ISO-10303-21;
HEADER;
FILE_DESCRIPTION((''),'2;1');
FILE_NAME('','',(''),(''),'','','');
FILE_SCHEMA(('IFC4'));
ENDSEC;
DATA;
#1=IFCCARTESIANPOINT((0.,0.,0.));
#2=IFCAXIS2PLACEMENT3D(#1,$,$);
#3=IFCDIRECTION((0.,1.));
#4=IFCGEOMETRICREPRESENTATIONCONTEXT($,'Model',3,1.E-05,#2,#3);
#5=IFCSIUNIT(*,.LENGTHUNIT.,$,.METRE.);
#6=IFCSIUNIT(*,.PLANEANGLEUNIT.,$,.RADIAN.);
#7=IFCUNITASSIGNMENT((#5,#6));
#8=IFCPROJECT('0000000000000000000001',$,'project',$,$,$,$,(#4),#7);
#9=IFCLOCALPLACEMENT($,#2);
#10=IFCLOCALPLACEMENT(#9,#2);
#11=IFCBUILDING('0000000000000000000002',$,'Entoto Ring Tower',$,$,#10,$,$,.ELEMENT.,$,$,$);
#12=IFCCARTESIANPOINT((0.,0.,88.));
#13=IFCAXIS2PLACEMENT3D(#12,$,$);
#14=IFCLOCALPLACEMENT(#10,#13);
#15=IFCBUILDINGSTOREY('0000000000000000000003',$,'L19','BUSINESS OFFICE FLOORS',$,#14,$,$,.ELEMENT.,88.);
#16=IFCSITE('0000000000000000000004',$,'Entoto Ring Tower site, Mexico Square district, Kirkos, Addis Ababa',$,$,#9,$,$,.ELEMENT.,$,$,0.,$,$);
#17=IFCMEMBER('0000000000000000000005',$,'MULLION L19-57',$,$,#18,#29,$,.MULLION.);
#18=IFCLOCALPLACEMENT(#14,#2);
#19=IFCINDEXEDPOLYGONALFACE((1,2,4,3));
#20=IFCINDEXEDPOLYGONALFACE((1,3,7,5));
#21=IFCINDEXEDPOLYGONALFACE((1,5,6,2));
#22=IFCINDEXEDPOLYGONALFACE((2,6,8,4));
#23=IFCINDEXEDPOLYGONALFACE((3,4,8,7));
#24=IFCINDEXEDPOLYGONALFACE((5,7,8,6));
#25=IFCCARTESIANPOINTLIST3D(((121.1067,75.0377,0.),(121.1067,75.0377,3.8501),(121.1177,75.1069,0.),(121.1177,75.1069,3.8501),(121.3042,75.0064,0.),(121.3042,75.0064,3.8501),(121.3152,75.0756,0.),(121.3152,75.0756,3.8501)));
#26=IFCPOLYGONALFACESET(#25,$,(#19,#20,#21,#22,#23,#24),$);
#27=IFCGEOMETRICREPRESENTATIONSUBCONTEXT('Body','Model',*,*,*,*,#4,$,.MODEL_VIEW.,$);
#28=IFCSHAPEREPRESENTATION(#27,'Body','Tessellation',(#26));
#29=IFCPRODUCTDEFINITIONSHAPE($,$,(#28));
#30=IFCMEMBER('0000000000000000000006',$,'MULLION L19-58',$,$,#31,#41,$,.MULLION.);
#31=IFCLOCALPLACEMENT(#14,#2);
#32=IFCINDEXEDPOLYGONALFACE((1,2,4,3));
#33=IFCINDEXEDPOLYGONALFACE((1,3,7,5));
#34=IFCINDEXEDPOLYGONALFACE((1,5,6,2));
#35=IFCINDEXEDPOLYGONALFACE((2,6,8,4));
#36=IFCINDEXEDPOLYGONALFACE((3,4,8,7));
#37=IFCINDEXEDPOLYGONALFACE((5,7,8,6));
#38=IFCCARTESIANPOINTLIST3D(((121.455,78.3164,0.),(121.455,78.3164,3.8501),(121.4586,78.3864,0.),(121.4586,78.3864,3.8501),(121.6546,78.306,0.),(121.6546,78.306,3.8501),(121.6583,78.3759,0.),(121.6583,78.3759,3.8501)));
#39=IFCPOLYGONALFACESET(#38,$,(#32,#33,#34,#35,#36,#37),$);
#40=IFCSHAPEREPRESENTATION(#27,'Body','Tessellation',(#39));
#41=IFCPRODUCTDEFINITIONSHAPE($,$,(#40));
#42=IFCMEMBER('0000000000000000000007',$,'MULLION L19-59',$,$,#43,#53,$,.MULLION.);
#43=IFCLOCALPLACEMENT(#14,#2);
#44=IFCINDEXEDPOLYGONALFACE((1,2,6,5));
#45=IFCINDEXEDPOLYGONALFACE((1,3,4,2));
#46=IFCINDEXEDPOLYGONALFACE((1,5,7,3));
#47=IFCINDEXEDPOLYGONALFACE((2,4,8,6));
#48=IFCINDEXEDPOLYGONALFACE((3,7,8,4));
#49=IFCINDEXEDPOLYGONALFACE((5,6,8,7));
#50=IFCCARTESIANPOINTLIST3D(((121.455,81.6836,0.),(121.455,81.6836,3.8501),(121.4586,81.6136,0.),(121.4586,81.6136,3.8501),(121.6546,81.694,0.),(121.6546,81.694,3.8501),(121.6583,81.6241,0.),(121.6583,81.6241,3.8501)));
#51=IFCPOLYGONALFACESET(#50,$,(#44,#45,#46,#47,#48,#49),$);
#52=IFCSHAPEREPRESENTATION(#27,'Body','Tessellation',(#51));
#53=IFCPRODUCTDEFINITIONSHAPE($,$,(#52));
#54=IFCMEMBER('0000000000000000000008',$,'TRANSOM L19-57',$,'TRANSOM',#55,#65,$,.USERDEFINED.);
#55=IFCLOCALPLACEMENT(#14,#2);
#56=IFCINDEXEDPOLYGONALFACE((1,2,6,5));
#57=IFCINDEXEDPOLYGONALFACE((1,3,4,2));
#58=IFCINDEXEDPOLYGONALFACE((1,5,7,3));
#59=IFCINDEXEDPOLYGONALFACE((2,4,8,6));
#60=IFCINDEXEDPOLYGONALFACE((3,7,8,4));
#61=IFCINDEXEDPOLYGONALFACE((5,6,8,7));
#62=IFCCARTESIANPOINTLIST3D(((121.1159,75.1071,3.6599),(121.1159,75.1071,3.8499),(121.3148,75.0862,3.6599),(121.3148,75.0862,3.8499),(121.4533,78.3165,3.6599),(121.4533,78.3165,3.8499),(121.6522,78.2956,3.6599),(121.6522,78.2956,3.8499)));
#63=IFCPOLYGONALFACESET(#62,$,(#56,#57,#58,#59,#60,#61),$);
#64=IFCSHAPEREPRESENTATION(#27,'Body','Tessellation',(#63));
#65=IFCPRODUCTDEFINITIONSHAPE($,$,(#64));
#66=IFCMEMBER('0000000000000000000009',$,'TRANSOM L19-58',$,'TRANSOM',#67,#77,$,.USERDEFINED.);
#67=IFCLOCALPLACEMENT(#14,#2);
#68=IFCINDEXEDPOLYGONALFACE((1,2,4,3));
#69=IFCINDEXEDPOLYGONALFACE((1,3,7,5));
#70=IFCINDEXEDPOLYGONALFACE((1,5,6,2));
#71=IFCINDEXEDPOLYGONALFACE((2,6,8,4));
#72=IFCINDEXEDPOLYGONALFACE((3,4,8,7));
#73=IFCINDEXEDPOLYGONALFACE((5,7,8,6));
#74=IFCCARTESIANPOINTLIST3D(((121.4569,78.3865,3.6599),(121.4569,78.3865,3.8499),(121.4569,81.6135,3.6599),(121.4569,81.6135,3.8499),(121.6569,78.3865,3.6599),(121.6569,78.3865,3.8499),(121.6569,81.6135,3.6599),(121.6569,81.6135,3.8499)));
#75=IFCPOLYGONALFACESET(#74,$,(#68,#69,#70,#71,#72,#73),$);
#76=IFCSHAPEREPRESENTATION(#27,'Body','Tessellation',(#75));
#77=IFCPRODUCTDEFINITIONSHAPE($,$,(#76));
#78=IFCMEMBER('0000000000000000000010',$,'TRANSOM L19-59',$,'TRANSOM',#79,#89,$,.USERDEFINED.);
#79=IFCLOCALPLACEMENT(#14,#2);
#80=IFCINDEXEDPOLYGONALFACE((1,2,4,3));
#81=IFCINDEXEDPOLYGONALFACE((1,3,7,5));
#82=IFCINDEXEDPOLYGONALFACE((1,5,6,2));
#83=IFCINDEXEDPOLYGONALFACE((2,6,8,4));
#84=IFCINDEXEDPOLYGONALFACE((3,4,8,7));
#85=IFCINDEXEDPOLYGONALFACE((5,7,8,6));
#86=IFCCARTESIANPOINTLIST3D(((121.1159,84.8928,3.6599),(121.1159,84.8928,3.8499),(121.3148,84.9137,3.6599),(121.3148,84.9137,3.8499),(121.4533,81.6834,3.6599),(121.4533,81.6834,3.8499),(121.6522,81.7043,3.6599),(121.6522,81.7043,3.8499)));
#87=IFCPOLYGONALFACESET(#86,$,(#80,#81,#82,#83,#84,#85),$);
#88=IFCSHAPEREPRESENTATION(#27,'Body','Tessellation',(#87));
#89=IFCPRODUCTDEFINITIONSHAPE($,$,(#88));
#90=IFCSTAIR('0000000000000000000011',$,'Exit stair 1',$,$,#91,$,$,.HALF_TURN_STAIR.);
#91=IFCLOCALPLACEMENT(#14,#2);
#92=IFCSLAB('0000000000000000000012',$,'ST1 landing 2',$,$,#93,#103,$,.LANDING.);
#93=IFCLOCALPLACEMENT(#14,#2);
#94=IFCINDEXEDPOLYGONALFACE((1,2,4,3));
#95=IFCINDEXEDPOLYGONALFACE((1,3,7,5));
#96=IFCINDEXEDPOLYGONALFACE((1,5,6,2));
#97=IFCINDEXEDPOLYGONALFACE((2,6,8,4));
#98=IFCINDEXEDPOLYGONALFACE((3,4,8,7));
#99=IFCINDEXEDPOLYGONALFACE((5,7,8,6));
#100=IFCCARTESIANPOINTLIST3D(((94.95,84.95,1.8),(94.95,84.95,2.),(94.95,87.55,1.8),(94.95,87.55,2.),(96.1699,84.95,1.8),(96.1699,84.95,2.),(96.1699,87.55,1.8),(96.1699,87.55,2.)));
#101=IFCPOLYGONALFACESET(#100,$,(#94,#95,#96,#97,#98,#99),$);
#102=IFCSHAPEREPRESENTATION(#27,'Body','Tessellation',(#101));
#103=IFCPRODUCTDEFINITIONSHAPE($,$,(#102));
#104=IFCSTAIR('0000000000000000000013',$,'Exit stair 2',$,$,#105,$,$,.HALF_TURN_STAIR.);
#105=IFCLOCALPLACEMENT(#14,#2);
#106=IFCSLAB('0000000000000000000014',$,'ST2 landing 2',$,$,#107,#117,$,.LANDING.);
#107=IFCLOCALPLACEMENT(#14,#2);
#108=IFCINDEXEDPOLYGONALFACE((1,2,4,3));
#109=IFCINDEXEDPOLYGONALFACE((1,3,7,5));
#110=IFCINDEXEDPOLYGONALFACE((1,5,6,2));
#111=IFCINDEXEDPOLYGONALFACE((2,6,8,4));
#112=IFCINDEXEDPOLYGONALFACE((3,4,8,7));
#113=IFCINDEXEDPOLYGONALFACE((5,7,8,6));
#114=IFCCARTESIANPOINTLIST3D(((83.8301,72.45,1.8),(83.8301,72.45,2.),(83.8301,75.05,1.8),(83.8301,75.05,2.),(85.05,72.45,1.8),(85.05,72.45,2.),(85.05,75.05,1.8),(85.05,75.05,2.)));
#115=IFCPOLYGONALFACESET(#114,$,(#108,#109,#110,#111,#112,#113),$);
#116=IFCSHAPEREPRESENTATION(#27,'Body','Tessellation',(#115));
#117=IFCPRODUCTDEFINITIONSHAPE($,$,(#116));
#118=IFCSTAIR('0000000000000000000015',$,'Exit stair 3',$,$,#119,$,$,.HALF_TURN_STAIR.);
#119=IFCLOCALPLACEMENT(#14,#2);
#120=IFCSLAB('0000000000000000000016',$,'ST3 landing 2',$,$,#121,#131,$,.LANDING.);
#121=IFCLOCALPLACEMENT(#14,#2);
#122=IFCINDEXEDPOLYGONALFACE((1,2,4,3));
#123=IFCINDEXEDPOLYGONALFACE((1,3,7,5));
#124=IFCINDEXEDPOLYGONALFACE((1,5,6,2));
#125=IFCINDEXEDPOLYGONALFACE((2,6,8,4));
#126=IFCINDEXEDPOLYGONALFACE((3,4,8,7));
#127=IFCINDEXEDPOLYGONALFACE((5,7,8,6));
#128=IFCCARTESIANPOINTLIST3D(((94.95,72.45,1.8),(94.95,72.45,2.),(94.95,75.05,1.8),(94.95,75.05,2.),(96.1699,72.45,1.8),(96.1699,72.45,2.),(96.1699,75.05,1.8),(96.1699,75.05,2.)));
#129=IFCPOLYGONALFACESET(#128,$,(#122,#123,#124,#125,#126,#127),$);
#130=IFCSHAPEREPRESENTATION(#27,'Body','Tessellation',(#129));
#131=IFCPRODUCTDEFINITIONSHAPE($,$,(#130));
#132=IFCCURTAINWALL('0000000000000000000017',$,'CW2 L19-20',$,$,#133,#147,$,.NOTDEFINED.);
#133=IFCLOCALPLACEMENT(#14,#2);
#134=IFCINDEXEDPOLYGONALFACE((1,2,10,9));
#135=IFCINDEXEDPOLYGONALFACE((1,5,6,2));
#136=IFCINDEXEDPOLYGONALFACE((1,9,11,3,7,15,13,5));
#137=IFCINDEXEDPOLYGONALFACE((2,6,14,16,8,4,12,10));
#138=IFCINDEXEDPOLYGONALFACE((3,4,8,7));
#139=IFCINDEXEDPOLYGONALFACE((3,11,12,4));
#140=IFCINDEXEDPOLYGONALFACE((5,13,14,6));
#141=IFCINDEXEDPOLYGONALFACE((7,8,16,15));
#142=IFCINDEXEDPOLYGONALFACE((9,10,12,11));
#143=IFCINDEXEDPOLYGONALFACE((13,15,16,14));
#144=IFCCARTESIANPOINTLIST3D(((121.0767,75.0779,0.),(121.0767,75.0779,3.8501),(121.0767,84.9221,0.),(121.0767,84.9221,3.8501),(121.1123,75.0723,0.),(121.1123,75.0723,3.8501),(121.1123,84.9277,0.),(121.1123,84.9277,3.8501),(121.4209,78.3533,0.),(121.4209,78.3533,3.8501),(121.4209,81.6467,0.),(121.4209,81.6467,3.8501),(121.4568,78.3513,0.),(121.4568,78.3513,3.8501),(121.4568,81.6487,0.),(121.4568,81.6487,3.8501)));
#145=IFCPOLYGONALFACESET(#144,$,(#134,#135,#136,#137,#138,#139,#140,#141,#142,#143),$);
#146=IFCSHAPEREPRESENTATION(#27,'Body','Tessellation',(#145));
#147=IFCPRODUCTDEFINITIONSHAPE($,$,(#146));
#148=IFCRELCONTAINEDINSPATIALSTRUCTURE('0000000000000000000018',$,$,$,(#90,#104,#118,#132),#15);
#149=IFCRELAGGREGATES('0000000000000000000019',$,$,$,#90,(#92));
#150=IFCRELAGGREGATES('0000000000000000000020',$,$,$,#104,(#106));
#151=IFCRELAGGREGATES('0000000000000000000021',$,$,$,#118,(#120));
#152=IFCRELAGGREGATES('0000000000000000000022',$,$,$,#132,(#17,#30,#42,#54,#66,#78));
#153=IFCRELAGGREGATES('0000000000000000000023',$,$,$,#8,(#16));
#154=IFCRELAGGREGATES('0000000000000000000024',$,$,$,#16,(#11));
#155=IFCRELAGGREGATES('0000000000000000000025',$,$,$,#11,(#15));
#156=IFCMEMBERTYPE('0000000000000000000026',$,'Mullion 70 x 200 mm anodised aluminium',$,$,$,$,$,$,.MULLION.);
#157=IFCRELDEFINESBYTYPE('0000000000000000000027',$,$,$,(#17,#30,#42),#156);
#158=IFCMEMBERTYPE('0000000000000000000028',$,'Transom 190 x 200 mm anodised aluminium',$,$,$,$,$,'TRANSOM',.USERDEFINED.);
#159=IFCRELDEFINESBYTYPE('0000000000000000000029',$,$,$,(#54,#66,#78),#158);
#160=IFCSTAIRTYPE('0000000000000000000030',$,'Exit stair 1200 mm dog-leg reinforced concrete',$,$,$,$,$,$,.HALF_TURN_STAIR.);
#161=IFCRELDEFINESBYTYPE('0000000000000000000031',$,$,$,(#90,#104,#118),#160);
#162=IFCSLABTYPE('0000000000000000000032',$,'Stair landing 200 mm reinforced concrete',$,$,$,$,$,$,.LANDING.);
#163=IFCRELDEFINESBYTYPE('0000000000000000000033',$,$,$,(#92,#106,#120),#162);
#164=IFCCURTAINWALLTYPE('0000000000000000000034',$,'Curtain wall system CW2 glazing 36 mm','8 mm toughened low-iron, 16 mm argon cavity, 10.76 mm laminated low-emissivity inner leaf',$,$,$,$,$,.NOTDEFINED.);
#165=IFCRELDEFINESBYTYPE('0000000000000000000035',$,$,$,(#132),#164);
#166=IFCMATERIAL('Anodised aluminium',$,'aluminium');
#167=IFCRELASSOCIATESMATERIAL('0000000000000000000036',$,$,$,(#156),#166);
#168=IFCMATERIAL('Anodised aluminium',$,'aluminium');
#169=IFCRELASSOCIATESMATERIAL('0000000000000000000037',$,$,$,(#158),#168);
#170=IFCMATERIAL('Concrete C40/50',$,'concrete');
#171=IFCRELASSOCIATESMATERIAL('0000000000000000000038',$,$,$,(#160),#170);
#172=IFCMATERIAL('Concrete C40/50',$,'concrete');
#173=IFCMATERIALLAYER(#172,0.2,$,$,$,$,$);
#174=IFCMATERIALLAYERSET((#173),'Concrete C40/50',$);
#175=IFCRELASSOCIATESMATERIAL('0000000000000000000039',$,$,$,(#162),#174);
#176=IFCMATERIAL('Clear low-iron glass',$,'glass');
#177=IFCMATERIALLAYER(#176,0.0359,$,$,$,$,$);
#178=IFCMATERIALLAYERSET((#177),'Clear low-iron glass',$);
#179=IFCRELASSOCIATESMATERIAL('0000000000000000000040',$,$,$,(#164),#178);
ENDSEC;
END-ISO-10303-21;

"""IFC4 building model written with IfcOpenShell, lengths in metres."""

from ifc_helpers import new_model, si_unit, direction, frame, origin, origin_2d, place, context, subcontext, project, spatial, polyline, rectangle, outline, extrude, material, layer, layer_set, material_profile, profile_set, type_object, element, aggregate, save


model = new_model("IFC4")

# Units and contexts
model_context = context("Model", 3, precision=1e-05, world=origin(), true_north=direction((0.0, 1.0)))
body_context = subcontext(model_context, "Body", "Model", "MODEL_VIEW")
ifc_project = project(units=[si_unit("LENGTHUNIT", "METRE"), si_unit("PLANEANGLEUNIT", "RADIAN")], contexts=[model_context])

# Members
ifc_material_1 = material(Name="Anodised aluminium", Category="aluminium")
ifc_material_profile_1 = material_profile(ifc_material_1, rectangle(XDim=0.0701, YDim=0.2, at=origin_2d()), Name="Mullion 70 x 200 mm anodised aluminium")
ifc_profile_set_1 = profile_set([ifc_material_profile_1], Name="Anodised aluminium")
member_type_1 = type_object("IfcMemberType", Name="Mullion 70 x 200 mm anodised aluminium", PredefinedType="MULLION", material=ifc_profile_set_1)
site_placement = place(None, origin())
building_placement = place(site_placement, origin())
storey_placement = place(building_placement, frame((0.0, 0.0, 88.0)))
member_1_placement = place(storey_placement, frame((121.2109, 75.0566, 0.0), z_axis=(0.0, 0.0, 1.0), x_axis=(0.156434, 0.987688, 0.0)))
member_1 = element("IfcMember", 1, at=member_1_placement, type_object=member_type_1, Name="MULLION L19-57", PredefinedType="MULLION", context=body_context, shape_type="SweptSolid", body=[
    extrude(rectangle(XDim=0.0701, YDim=0.2, at=origin_2d()), origin(), (0.0, 0.0, 1.0), 3.8501),
])
member_2_placement = place(storey_placement, frame((121.5566, 78.3462, 0.0), z_axis=(0.0, 0.0, 1.0), x_axis=(0.052336, 0.99863, 0.0)))
member_2 = element("IfcMember", 2, at=member_2_placement, type_object=member_type_1, Name="MULLION L19-58", PredefinedType="MULLION", context=body_context, shape_type="SweptSolid", body=[
    extrude(rectangle(XDim=0.0701, YDim=0.2, at=origin_2d()), origin(), (0.0, 0.0, 1.0), 3.8501),
])
member_3_placement = place(storey_placement, frame((121.5566, 81.6538, 0.0), z_axis=(0.0, 0.0, 1.0), x_axis=(-0.052336, 0.99863, 0.0)))
member_3 = element("IfcMember", 3, at=member_3_placement, type_object=member_type_1, Name="MULLION L19-59", PredefinedType="MULLION", context=body_context, shape_type="SweptSolid", body=[
    extrude(rectangle(XDim=0.0701, YDim=0.2, at=origin_2d()), origin(), (0.0, 0.0, 1.0), 3.8501),
])
ifc_material_2 = material(Name="Anodised aluminium", Category="aluminium")
ifc_material_profile_2 = material_profile(ifc_material_2, rectangle(XDim=0.2, YDim=0.1899, at=origin_2d()), Name="Transom 190 x 200 mm anodised aluminium")
ifc_profile_set_2 = profile_set([ifc_material_profile_2], Name="Anodised aluminium")
member_type_2 = type_object("IfcMemberType", Name="Transom 190 x 200 mm anodised aluminium", ElementType="TRANSOM", PredefinedType="USERDEFINED", material=ifc_profile_set_2)
member_4_placement = place(storey_placement, frame((121.2153, 75.0967, 3.7549), z_axis=(0.104551, 0.99452, 0.0), x_axis=(-0.99452, 0.104551, 0.0)))
member_4 = element("IfcMember", 4, at=member_4_placement, type_object=member_type_2, Name="TRANSOM L19-57", ObjectType="TRANSOM", PredefinedType="USERDEFINED", context=body_context, shape_type="SweptSolid", body=[
    extrude(rectangle(XDim=0.2, YDim=0.1899, at=origin_2d()), origin(), (0.0, 0.0, 1.0), 3.2271),
])
member_5_placement = place(storey_placement, frame((121.5569, 78.3865, 3.7549), z_axis=(0.0, 1.0, 0.0), x_axis=(-1.0, 0.0, 0.0)))
member_5 = element("IfcMember", 5, at=member_5_placement, type_object=member_type_2, Name="TRANSOM L19-58", ObjectType="TRANSOM", PredefinedType="USERDEFINED", context=body_context, shape_type="SweptSolid", body=[
    extrude(rectangle(XDim=0.2, YDim=0.1899, at=origin_2d()), origin(), (0.0, 0.0, 1.0), 3.2271),
])
member_6_placement = place(storey_placement, frame((121.5527, 81.6938, 3.7549), z_axis=(-0.104551, 0.99452, 0.0), x_axis=(-0.99452, -0.104551, 0.0)))
member_6 = element("IfcMember", 6, at=member_6_placement, type_object=member_type_2, Name="TRANSOM L19-59", ObjectType="TRANSOM", PredefinedType="USERDEFINED", context=body_context, shape_type="SweptSolid", body=[
    extrude(rectangle(XDim=0.2, YDim=0.1899, at=origin_2d()), origin(), (0.0, 0.0, 1.0), 3.2271),
])

# Site, building, storey
site = spatial("IfcSite", under=ifc_project, at=site_placement, Name="Entoto Ring Tower site, Mexico Square district, Kirkos, Addis Ababa", CompositionType="ELEMENT", RefElevation=0.0)
building = spatial("IfcBuilding", under=site, at=building_placement, Name="Entoto Ring Tower", CompositionType="ELEMENT")
storey = spatial("IfcBuildingStorey", under=building, at=storey_placement, Name="L19", Description="BUSINESS OFFICE FLOORS", CompositionType="ELEMENT", Elevation=88.0)

# Stairs, slabs
ifc_material_3 = material(Name="Concrete C40/50", Category="concrete")
stair_type = type_object("IfcStairType", Name="Exit stair 1200 mm dog-leg reinforced concrete", PredefinedType="HALF_TURN_STAIR", material=ifc_material_3)
stair_1_placement = place(storey_placement, origin())
stair_1 = element("IfcStair", 7, at=stair_1_placement, inside=storey, type_object=stair_type, Name="Exit stair 1", PredefinedType="HALF_TURN_STAIR")
ifc_material_4 = material(Name="Concrete C40/50", Category="concrete")
ifc_layer_1 = layer(ifc_material_4, 0.2)
ifc_layer_set_1 = layer_set([ifc_layer_1], Name="Concrete C40/50")
slab_type = type_object("IfcSlabType", Name="Stair landing 200 mm reinforced concrete", PredefinedType="LANDING", material=ifc_layer_set_1)
slab_1_placement = place(storey_placement, frame((0.0, 0.0, 1.8)))
slab_1 = element("IfcSlab", 8, at=slab_1_placement, type_object=slab_type, Name="ST1 landing 2", PredefinedType="LANDING", context=body_context, shape_type="SweptSolid", body=[
    extrude(outline(polyline([(94.95, 84.95), (96.1699, 84.95), (96.1699, 87.55), (94.95, 87.55), (94.95, 84.95)])), origin(), (0.0, 0.0, 1.0), 0.2),
])
aggregate(stair_1, [slab_1])
stair_2_placement = place(storey_placement, origin())
stair_2 = element("IfcStair", 9, at=stair_2_placement, inside=storey, type_object=stair_type, Name="Exit stair 2", PredefinedType="HALF_TURN_STAIR")
slab_2_placement = place(storey_placement, frame((0.0, 0.0, 1.8)))
slab_2 = element("IfcSlab", 10, at=slab_2_placement, type_object=slab_type, Name="ST2 landing 2", PredefinedType="LANDING", context=body_context, shape_type="SweptSolid", body=[
    extrude(outline(polyline([(83.8301, 72.45), (85.05, 72.45), (85.05, 75.05), (83.8301, 75.05), (83.8301, 72.45)])), origin(), (0.0, 0.0, 1.0), 0.2),
])
aggregate(stair_2, [slab_2])
stair_3_placement = place(storey_placement, origin())
stair_3 = element("IfcStair", 11, at=stair_3_placement, inside=storey, type_object=stair_type, Name="Exit stair 3", PredefinedType="HALF_TURN_STAIR")
slab_3_placement = place(storey_placement, frame((0.0, 0.0, 1.8)))
slab_3 = element("IfcSlab", 12, at=slab_3_placement, type_object=slab_type, Name="ST3 landing 2", PredefinedType="LANDING", context=body_context, shape_type="SweptSolid", body=[
    extrude(outline(polyline([(94.95, 72.45), (96.1699, 72.45), (96.1699, 75.05), (94.95, 75.05), (94.95, 72.45)])), origin(), (0.0, 0.0, 1.0), 0.2),
])
aggregate(stair_3, [slab_3])

# Curtain wall
ifc_material_5 = material(Name="Clear low-iron glass", Category="glass")
ifc_layer_2 = layer(ifc_material_5, 0.0359)
ifc_layer_set_2 = layer_set([ifc_layer_2], Name="Clear low-iron glass")
curtain_wall_type = type_object("IfcCurtainWallType", Name="Curtain wall system CW2 glazing 36 mm", Description="8 mm toughened low-iron, 16 mm argon cavity, 10.76 mm laminated low-emissivity inner leaf", PredefinedType="NOTDEFINED", material=ifc_layer_set_2)
curtain_wall_1_placement = place(storey_placement, origin())
curtain_wall_1 = element("IfcCurtainWall", 13, at=curtain_wall_1_placement, inside=storey, type_object=curtain_wall_type, Name="CW2 L19-20", PredefinedType="NOTDEFINED", context=body_context, shape_type="SweptSolid", body=[
    extrude(outline(polyline([(121.1123, 75.0723), (121.4568, 78.3513), (121.4568, 81.6487), (121.1123, 84.9277), (121.0767, 84.9221), (121.4209, 81.6467), (121.4209, 78.3533), (121.0767, 75.0779), (121.1123, 75.0723)])), origin(), (0.0, 0.0, 1.0), 3.8501),
])
aggregate(curtain_wall_1, [member_1, member_2, member_3, member_4, member_5, member_6])

save(model, "model.ifc")
